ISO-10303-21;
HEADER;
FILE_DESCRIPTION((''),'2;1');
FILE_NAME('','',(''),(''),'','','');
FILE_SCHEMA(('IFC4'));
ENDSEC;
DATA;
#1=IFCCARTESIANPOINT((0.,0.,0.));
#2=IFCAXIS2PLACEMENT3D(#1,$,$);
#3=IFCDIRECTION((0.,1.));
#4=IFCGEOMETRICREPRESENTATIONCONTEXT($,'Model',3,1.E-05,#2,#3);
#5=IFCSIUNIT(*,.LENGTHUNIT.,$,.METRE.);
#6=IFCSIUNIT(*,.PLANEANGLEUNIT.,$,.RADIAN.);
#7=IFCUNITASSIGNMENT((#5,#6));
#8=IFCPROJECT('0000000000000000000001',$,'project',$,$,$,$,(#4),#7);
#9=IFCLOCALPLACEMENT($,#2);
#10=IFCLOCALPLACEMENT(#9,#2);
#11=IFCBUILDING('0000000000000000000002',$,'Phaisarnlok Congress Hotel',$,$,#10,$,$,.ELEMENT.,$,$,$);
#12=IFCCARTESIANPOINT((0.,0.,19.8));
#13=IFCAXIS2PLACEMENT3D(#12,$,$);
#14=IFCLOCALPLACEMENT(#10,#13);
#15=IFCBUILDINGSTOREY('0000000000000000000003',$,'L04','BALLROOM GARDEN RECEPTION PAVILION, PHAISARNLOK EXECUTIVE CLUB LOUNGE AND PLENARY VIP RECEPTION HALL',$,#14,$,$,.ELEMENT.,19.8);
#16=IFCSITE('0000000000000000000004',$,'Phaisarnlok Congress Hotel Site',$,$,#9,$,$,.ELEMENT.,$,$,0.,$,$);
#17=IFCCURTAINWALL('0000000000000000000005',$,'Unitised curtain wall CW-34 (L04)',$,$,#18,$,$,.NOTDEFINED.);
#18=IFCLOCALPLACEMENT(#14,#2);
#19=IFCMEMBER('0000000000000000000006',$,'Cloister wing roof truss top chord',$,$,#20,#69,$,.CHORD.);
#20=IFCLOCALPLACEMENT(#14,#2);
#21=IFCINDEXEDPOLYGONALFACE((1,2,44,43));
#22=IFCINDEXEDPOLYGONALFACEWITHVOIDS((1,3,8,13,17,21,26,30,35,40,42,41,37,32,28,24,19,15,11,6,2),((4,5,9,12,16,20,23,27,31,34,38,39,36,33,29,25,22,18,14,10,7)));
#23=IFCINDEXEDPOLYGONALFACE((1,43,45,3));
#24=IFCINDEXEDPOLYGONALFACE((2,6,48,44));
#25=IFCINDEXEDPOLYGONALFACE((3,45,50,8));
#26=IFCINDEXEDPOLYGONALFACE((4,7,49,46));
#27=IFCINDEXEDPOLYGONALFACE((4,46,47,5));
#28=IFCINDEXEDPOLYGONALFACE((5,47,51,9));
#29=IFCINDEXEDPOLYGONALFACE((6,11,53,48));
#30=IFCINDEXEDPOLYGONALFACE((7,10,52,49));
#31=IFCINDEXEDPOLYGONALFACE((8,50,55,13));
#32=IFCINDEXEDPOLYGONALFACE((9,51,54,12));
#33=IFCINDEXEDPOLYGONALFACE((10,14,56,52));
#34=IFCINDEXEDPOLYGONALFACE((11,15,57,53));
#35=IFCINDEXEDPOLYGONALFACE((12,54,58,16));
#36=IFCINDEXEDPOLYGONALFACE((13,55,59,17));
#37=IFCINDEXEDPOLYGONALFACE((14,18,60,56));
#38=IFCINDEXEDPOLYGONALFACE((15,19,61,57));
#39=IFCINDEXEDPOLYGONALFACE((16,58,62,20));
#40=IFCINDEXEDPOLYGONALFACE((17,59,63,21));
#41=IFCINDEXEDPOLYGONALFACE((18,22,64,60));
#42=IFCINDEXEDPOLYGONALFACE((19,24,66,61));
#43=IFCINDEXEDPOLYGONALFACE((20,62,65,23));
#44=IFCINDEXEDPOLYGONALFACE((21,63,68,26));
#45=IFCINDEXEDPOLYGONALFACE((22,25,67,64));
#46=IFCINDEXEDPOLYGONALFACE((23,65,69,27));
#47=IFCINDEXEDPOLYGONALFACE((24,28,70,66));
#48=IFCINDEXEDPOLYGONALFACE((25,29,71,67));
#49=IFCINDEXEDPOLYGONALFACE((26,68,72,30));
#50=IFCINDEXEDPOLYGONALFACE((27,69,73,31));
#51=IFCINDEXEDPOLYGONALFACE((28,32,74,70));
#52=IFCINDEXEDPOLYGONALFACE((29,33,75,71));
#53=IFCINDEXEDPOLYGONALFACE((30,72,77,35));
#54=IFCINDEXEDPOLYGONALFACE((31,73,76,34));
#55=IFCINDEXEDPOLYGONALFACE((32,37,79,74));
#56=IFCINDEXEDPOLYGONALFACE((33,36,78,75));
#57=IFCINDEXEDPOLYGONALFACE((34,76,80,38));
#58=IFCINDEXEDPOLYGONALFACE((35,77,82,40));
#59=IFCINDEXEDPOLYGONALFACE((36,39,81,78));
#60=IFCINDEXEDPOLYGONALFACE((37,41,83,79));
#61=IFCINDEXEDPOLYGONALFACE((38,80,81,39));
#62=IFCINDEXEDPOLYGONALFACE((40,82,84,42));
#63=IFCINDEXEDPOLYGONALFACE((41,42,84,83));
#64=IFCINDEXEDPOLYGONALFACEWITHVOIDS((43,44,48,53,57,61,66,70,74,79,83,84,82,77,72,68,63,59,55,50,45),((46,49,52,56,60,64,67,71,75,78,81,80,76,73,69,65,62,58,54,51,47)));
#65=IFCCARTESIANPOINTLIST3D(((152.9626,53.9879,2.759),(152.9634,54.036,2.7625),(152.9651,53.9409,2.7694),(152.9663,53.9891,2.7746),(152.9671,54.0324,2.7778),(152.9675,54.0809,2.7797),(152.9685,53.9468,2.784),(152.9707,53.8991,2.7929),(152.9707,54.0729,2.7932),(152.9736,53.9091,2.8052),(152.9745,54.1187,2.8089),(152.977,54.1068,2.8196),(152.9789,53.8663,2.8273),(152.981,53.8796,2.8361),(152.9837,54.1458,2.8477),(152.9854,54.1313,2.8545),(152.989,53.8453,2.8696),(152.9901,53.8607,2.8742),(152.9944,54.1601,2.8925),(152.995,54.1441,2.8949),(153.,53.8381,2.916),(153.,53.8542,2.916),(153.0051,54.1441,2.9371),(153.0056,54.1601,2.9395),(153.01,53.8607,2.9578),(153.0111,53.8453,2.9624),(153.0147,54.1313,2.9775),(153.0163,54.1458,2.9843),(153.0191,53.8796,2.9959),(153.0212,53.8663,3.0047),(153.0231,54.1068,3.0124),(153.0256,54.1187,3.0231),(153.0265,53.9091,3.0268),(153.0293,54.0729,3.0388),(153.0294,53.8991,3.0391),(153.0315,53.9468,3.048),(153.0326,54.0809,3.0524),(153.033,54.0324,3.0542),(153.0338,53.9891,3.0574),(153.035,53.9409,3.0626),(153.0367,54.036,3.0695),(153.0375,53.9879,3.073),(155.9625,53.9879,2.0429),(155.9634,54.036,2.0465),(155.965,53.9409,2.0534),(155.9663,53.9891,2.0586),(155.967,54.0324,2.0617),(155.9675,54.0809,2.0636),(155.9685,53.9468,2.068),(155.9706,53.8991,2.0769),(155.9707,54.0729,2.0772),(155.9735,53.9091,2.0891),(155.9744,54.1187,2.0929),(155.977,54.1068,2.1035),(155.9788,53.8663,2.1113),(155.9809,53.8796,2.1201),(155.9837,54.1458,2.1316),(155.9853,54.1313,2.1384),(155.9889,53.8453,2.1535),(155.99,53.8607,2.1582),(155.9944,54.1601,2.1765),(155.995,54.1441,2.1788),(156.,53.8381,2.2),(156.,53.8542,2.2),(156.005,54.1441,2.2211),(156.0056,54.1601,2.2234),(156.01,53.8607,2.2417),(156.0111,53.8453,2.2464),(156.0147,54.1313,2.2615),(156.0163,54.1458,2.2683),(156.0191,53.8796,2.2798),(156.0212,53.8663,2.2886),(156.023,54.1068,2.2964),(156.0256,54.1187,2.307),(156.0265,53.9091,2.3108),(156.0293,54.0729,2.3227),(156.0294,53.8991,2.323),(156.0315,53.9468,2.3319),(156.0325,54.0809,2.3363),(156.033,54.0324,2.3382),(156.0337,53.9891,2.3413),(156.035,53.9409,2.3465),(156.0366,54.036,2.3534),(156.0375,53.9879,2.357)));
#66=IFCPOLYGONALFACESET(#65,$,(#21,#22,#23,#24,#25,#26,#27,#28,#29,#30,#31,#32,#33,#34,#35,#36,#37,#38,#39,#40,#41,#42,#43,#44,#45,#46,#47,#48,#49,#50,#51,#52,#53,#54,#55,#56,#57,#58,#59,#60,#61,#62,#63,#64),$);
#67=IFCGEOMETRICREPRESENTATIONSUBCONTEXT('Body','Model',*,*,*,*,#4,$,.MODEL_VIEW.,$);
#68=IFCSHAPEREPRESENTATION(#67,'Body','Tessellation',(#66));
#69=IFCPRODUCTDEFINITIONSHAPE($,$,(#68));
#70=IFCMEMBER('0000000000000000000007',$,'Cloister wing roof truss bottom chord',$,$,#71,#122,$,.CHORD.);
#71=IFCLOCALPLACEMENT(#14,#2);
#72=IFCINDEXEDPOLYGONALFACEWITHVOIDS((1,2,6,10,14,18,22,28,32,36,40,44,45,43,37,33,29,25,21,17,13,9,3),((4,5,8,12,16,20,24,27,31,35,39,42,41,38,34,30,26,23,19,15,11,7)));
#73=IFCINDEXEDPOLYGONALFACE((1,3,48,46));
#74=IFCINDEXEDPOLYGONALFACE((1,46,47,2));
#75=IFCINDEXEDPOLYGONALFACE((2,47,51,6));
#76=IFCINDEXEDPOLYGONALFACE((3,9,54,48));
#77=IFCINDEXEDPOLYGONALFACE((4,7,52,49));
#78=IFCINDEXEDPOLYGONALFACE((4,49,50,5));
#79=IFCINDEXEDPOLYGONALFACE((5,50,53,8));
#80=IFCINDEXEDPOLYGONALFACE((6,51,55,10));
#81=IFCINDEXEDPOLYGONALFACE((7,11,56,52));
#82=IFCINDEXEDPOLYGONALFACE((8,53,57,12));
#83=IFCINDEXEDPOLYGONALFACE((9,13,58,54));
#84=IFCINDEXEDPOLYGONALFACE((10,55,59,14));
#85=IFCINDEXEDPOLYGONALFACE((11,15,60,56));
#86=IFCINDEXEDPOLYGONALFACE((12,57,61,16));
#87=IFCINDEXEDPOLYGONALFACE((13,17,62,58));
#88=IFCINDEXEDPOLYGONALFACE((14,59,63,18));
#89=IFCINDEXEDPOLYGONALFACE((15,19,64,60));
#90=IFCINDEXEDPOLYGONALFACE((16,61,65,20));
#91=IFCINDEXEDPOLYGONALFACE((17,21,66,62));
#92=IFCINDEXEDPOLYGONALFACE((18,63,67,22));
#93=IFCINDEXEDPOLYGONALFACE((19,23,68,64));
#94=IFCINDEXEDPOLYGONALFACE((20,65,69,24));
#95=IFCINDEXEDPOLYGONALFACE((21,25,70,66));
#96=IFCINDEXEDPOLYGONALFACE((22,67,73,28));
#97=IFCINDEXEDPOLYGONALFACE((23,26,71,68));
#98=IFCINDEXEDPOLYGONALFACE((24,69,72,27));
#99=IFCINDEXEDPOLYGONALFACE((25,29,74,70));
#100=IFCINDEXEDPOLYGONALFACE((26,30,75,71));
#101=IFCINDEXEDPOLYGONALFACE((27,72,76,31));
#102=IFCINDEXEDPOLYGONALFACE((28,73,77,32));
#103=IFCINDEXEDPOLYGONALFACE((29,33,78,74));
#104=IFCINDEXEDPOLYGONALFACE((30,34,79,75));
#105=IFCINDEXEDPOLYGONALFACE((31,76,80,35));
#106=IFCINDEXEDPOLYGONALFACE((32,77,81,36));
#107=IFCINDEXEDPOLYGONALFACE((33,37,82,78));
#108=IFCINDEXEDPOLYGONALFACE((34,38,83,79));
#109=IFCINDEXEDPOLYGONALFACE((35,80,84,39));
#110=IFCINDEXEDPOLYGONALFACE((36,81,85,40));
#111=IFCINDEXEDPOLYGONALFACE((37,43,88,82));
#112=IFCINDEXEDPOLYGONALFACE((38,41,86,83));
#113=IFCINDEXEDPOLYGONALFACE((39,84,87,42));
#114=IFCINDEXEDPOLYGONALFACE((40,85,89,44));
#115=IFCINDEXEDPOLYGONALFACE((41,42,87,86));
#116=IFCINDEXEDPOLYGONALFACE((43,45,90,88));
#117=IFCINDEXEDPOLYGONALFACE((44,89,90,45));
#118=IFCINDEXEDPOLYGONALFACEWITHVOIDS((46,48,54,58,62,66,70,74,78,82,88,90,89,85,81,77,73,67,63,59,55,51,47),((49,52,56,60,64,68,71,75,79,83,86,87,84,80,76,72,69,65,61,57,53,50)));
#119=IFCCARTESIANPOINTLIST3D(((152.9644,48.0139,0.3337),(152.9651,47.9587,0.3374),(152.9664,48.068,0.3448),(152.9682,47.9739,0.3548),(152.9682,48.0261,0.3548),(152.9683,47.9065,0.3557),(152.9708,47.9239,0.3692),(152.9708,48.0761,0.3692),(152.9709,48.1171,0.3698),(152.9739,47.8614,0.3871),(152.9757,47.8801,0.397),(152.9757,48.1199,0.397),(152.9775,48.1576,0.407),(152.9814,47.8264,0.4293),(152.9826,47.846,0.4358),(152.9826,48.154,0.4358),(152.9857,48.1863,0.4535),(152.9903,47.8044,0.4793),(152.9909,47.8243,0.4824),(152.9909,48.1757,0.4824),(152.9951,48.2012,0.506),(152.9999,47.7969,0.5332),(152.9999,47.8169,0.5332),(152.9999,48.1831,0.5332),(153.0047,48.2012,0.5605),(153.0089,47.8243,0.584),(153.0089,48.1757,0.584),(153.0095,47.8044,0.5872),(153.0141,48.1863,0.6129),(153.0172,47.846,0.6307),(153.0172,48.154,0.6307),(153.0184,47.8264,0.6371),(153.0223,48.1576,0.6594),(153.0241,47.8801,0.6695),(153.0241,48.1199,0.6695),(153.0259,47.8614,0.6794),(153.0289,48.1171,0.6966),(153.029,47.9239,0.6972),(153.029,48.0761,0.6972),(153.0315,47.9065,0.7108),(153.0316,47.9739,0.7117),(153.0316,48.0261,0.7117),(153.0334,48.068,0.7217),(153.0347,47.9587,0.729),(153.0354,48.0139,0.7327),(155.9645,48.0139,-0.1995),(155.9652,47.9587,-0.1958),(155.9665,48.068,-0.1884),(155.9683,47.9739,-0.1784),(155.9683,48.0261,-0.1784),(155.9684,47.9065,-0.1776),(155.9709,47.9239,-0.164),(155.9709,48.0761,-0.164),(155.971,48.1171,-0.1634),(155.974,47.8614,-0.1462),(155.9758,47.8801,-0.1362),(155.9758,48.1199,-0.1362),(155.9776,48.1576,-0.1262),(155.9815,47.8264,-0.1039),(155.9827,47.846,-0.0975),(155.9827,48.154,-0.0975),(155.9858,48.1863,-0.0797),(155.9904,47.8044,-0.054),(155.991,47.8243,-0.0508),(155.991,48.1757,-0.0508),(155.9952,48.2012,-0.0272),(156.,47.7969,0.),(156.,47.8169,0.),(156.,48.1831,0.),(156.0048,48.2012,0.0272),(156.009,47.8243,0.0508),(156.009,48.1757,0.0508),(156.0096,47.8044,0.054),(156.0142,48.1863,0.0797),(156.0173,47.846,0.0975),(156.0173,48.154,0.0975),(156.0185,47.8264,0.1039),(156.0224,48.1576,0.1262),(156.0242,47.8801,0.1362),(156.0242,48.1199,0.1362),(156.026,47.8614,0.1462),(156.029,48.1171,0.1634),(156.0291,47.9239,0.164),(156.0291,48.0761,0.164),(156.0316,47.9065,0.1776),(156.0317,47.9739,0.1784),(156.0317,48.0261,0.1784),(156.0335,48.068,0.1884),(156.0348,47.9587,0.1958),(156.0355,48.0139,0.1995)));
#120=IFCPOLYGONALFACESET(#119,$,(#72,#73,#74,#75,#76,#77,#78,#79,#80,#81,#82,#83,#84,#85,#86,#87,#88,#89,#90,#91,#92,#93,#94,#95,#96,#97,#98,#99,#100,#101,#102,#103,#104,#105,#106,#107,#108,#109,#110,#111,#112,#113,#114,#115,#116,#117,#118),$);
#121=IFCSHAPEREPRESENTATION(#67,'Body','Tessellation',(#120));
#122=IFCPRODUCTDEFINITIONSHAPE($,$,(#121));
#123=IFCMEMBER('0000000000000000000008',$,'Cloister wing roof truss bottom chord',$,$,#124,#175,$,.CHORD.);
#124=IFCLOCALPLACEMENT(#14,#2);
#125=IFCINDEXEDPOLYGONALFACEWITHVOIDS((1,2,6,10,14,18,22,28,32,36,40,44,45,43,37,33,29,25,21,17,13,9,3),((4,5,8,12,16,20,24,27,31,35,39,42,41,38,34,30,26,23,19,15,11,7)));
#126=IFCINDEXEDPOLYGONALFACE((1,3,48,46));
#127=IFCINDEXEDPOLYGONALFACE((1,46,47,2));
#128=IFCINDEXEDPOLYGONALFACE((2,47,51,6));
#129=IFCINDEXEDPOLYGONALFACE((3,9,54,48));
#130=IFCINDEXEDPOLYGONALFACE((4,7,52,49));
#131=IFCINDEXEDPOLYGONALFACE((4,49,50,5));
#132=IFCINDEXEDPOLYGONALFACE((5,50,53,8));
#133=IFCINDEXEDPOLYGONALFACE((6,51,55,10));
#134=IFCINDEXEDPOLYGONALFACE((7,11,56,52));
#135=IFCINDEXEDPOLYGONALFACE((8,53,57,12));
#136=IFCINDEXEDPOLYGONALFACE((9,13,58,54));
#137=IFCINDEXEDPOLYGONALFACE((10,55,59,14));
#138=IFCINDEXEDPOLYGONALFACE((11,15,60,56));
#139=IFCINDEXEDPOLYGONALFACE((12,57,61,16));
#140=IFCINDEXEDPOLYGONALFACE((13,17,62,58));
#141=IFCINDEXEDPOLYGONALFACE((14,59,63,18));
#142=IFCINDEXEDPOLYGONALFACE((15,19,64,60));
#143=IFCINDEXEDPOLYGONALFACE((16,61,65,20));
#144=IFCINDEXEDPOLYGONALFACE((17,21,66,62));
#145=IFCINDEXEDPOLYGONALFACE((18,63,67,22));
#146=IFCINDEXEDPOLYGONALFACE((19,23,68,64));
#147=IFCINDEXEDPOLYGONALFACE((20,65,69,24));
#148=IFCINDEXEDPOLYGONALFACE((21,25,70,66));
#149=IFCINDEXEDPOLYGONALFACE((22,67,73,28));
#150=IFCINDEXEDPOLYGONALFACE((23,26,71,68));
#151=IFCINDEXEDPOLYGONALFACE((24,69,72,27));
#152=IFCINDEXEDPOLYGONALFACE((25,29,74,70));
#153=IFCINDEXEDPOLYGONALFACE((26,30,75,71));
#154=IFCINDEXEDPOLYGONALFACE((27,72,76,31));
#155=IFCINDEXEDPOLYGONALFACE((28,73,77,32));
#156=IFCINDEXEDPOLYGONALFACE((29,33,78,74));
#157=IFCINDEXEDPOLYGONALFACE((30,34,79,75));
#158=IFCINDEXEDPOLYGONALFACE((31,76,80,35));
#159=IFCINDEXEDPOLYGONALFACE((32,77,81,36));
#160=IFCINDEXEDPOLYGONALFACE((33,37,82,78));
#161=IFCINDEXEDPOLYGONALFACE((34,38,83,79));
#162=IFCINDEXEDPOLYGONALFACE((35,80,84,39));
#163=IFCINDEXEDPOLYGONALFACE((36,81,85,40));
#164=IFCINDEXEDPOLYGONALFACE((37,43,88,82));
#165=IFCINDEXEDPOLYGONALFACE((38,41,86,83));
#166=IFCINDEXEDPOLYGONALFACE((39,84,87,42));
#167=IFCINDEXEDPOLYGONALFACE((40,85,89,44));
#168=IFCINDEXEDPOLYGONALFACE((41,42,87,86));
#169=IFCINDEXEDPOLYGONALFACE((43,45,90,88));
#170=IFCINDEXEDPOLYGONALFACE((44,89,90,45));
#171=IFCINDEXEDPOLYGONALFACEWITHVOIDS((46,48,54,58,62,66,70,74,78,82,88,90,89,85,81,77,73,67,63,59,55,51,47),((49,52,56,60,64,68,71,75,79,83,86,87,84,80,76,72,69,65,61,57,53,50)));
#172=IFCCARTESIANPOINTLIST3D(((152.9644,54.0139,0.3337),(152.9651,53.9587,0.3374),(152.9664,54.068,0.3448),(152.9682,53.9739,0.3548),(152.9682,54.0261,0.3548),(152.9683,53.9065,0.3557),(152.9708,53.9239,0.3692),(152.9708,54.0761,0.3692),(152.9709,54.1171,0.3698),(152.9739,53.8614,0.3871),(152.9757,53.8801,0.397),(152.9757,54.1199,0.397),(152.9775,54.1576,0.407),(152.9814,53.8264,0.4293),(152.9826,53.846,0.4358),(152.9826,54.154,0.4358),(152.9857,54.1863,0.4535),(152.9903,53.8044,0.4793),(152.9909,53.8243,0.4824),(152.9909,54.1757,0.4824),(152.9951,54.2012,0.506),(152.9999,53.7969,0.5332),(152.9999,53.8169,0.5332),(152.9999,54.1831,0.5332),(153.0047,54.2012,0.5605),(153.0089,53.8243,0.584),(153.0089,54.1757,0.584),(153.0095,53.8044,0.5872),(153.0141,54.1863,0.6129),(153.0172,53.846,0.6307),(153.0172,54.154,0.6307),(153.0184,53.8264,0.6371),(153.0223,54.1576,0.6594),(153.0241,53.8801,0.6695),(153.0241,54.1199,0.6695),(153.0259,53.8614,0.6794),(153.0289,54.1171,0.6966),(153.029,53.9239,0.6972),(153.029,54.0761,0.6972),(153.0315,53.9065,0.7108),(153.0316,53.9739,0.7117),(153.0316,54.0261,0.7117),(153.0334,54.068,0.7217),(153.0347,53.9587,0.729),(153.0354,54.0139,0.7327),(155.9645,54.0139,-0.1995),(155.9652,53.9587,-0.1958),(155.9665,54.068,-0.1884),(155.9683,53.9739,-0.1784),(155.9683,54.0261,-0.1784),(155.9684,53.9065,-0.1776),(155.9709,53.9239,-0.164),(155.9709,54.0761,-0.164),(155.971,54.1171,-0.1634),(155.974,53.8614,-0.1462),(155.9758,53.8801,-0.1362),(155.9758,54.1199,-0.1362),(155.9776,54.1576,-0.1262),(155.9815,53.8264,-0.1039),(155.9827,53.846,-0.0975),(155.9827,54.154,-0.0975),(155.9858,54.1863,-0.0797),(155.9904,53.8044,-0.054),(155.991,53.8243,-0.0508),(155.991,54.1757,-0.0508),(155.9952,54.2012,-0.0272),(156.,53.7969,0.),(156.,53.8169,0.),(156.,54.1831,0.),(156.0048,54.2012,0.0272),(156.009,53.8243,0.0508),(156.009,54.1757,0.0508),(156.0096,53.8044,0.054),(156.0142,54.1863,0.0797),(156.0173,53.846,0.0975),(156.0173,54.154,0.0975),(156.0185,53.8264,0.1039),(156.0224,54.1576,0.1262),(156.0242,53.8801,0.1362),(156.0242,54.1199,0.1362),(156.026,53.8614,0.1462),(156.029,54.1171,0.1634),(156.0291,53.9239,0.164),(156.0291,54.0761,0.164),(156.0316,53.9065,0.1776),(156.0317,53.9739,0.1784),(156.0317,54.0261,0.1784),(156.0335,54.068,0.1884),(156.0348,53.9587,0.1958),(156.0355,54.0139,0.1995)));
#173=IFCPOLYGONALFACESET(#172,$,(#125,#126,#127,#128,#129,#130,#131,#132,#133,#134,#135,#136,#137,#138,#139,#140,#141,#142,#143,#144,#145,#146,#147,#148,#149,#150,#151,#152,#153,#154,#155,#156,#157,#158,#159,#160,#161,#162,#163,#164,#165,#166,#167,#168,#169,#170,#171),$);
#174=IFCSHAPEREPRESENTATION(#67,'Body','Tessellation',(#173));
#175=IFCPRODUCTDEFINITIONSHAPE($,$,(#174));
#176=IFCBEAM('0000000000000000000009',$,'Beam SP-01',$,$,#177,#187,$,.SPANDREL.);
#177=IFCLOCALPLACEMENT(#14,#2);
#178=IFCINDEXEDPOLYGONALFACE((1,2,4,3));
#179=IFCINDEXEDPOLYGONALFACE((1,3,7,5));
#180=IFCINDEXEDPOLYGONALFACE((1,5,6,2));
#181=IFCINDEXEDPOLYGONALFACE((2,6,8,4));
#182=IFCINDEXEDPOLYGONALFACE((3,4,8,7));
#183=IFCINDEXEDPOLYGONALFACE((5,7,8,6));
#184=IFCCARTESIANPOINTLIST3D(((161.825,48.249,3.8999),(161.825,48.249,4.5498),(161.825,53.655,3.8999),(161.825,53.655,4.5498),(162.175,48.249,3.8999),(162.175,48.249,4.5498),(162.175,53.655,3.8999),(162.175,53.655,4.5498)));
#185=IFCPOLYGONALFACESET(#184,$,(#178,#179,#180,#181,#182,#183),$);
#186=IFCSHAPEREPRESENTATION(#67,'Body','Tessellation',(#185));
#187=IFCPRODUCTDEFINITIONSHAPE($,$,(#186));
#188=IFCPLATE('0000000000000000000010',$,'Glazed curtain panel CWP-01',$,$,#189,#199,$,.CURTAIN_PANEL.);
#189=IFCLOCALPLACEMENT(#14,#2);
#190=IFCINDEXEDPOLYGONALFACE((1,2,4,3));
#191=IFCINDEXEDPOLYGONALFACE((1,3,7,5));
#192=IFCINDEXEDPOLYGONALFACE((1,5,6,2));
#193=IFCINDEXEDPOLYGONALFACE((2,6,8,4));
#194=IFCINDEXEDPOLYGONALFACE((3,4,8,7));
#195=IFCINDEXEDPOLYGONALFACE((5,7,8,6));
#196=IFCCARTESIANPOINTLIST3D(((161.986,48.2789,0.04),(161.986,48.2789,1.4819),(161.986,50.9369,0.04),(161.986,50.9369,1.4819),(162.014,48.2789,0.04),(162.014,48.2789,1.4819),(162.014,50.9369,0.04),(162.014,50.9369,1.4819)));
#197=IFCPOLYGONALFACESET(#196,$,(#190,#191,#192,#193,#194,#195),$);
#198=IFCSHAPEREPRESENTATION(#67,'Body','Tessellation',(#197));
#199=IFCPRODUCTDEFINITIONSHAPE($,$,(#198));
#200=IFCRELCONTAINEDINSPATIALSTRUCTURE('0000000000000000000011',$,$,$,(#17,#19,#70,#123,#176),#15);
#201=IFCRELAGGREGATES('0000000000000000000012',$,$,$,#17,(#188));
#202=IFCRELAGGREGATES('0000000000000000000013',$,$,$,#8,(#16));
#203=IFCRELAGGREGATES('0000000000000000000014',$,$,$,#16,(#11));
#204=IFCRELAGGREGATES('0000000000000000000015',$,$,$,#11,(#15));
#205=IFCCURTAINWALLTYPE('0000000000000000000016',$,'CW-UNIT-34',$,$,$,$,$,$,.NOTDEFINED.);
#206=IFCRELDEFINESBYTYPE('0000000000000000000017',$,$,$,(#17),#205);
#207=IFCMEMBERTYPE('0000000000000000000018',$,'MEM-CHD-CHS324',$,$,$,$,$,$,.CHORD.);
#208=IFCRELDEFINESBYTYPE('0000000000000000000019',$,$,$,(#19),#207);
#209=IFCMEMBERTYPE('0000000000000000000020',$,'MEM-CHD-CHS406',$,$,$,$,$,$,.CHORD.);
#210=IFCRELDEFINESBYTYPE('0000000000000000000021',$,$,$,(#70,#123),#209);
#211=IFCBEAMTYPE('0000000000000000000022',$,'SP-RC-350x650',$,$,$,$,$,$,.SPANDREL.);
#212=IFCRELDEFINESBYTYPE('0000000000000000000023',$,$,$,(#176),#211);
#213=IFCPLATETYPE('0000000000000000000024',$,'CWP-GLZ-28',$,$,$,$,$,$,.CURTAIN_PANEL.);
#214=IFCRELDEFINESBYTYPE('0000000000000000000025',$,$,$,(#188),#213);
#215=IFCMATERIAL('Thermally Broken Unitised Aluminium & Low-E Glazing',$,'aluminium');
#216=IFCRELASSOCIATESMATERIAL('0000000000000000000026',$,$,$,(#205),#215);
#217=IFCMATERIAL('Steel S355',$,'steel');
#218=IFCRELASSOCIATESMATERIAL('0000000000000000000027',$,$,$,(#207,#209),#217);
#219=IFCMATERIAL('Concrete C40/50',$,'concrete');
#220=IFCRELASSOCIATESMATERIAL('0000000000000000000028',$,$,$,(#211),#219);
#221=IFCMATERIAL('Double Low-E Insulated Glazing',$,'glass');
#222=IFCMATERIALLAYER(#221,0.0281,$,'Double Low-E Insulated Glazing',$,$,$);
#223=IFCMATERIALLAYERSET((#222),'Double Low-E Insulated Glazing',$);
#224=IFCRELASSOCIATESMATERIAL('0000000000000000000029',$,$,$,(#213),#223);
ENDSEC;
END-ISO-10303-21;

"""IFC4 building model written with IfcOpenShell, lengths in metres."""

from ifc_helpers import new_model, si_unit, direction, frame, frame_2d, origin, origin_2d, place, context, subcontext, project, spatial, rectangle, hollow_circle, extrude, material, layer, layer_set, material_profile, profile_set, type_object, element, aggregate, save


model = new_model("IFC4")

# Units and contexts
model_context = context("Model", 3, precision=1e-05, world=origin(), true_north=direction((0.0, 1.0)))
body_context = subcontext(model_context, "Body", "Model", "MODEL_VIEW")
ifc_project = project(units=[si_unit("LENGTHUNIT", "METRE"), si_unit("PLANEANGLEUNIT", "RADIAN")], contexts=[model_context])

# Site, building, storey
site_placement = place(None, origin())
site = spatial("IfcSite", under=ifc_project, at=site_placement, Name="Phaisarnlok Congress Hotel Site", CompositionType="ELEMENT", RefElevation=0.0)
building_placement = place(site_placement, origin())
building = spatial("IfcBuilding", under=site, at=building_placement, Name="Phaisarnlok Congress Hotel", CompositionType="ELEMENT")
storey_placement = place(building_placement, frame((0.0, 0.0, 19.8)))
storey = spatial("IfcBuildingStorey", under=building, at=storey_placement, Name="L04", Description="BALLROOM GARDEN RECEPTION PAVILION, PHAISARNLOK EXECUTIVE CLUB LOUNGE AND PLENARY VIP RECEPTION HALL", CompositionType="ELEMENT", Elevation=19.8)

# Shared definitions
ifc_material_1 = material(Name="Steel S355", Category="steel")

# Curtain wall
ifc_material_2 = material(Name="Thermally Broken Unitised Aluminium & Low-E Glazing", Category="aluminium")
curtain_wall_type = type_object("IfcCurtainWallType", Name="CW-UNIT-34", PredefinedType="NOTDEFINED", material=ifc_material_2)
curtain_wall_placement = place(storey_placement, origin())
curtain_wall = element("IfcCurtainWall", 1, at=curtain_wall_placement, inside=storey, type_object=curtain_wall_type, Name="Unitised curtain wall CW-34 (L04)", PredefinedType="NOTDEFINED")

# Members
ifc_material_profile_1 = material_profile(ifc_material_1, hollow_circle(Radius=0.1619, WallThickness=0.0161, at=origin_2d()), Name="CHS 323.9x16")
ifc_profile_set_1 = profile_set([ifc_material_profile_1], Name="Steel S355")
member_type_1 = type_object("IfcMemberType", Name="MEM-CHD-CHS324", PredefinedType="CHORD", material=ifc_profile_set_1)
for number, where, z_axis, x_axis, name in (
    (2, (156.0, 54.0, 2.2), (-0.972676, 0.0, 0.232166), (0.0, -1.0, 0.0), "Cloister wing roof truss top chord"),
):
    element("IfcMember", number, at=place(storey_placement, frame(where, z_axis=z_axis, x_axis=x_axis)), inside=storey, type_object=member_type_1, Name=name, PredefinedType="CHORD", context=body_context, shape_type="SweptSolid", body=[
        extrude(hollow_circle(Radius=0.1619, WallThickness=0.0161, at=origin_2d()), origin(), (0.0, 0.0, 1.0), 3.0842),
    ])
ifc_material_profile_2 = material_profile(ifc_material_1, hollow_circle(Radius=0.2031, WallThickness=0.02, at=origin_2d()), Name="CHS 406.4x20")
ifc_profile_set_2 = profile_set([ifc_material_profile_2], Name="Steel S355")
member_type_2 = type_object("IfcMemberType", Name="MEM-CHD-CHS406", PredefinedType="CHORD", material=ifc_profile_set_2)
for number, where, z_axis, x_axis, name in (
    (3, (156.0, 48.0, 0.0), (-0.98457, 0.0, 0.174992), (0.0, -1.0, 0.0), "Cloister wing roof truss bottom chord"),
    (4, (156.0, 54.0, 0.0), (-0.98457, 0.0, 0.174992), (0.0, -1.0, 0.0), "Cloister wing roof truss bottom chord"),
):
    element("IfcMember", number, at=place(storey_placement, frame(where, z_axis=z_axis, x_axis=x_axis)), inside=storey, type_object=member_type_2, Name=name, PredefinedType="CHORD", context=body_context, shape_type="SweptSolid", body=[
        extrude(hollow_circle(Radius=0.2031, WallThickness=0.02, at=origin_2d()), origin(), (0.0, 0.0, 1.0), 3.0471),
    ])

# Beam
ifc_material_3 = material(Name="Concrete C40/50", Category="concrete")
ifc_material_profile_3 = material_profile(ifc_material_3, rectangle(XDim=0.3501, YDim=0.6499, at=origin_2d()), Name="RC 350x650")
ifc_profile_set_3 = profile_set([ifc_material_profile_3], Name="Concrete C40/50")
beam_type_1 = type_object("IfcBeamType", Name="SP-RC-350x650", PredefinedType="SPANDREL", material=ifc_profile_set_3)
beam_1_placement = place(storey_placement, frame((162.0, 48.249, 4.2249), z_axis=(0.0, 1.0, 0.0), x_axis=(-1.0, 0.0, 0.0)))
element("IfcBeam", 5, at=beam_1_placement, inside=storey, type_object=beam_type_1, Name="Beam SP-01", PredefinedType="SPANDREL", context=body_context, shape_type="SweptSolid", body=[
    extrude(rectangle(XDim=0.3501, YDim=0.6499, at=origin_2d()), origin(), (0.0, 0.0, 1.0), 5.406),
])

# Plate
ifc_material_4 = material(Name="Double Low-E Insulated Glazing", Category="glass")
ifc_layer_1 = layer(ifc_material_4, 0.0281, Name="Double Low-E Insulated Glazing")
ifc_layer_set_1 = layer_set([ifc_layer_1], Name="Double Low-E Insulated Glazing")
plate_type_1 = type_object("IfcPlateType", Name="CWP-GLZ-28", PredefinedType="CURTAIN_PANEL", material=ifc_layer_set_1)
plate_1_placement = place(storey_placement, frame((162.0, 50.937, 0.04), z_axis=(0.0, 0.0, 1.0), x_axis=(0.0, -1.0, 0.0)))
plate_1 = element("IfcPlate", 6, at=plate_1_placement, type_object=plate_type_1, Name="Glazed curtain panel CWP-01", PredefinedType="CURTAIN_PANEL", context=body_context, shape_type="SweptSolid", body=[
    extrude(rectangle(XDim=2.658, YDim=0.0281, at=frame_2d((1.3291, 0.0))), origin(), (0.0, 0.0, 1.0), 1.4419),
])
aggregate(curtain_wall, [plate_1])

save(model, "model.ifc")
